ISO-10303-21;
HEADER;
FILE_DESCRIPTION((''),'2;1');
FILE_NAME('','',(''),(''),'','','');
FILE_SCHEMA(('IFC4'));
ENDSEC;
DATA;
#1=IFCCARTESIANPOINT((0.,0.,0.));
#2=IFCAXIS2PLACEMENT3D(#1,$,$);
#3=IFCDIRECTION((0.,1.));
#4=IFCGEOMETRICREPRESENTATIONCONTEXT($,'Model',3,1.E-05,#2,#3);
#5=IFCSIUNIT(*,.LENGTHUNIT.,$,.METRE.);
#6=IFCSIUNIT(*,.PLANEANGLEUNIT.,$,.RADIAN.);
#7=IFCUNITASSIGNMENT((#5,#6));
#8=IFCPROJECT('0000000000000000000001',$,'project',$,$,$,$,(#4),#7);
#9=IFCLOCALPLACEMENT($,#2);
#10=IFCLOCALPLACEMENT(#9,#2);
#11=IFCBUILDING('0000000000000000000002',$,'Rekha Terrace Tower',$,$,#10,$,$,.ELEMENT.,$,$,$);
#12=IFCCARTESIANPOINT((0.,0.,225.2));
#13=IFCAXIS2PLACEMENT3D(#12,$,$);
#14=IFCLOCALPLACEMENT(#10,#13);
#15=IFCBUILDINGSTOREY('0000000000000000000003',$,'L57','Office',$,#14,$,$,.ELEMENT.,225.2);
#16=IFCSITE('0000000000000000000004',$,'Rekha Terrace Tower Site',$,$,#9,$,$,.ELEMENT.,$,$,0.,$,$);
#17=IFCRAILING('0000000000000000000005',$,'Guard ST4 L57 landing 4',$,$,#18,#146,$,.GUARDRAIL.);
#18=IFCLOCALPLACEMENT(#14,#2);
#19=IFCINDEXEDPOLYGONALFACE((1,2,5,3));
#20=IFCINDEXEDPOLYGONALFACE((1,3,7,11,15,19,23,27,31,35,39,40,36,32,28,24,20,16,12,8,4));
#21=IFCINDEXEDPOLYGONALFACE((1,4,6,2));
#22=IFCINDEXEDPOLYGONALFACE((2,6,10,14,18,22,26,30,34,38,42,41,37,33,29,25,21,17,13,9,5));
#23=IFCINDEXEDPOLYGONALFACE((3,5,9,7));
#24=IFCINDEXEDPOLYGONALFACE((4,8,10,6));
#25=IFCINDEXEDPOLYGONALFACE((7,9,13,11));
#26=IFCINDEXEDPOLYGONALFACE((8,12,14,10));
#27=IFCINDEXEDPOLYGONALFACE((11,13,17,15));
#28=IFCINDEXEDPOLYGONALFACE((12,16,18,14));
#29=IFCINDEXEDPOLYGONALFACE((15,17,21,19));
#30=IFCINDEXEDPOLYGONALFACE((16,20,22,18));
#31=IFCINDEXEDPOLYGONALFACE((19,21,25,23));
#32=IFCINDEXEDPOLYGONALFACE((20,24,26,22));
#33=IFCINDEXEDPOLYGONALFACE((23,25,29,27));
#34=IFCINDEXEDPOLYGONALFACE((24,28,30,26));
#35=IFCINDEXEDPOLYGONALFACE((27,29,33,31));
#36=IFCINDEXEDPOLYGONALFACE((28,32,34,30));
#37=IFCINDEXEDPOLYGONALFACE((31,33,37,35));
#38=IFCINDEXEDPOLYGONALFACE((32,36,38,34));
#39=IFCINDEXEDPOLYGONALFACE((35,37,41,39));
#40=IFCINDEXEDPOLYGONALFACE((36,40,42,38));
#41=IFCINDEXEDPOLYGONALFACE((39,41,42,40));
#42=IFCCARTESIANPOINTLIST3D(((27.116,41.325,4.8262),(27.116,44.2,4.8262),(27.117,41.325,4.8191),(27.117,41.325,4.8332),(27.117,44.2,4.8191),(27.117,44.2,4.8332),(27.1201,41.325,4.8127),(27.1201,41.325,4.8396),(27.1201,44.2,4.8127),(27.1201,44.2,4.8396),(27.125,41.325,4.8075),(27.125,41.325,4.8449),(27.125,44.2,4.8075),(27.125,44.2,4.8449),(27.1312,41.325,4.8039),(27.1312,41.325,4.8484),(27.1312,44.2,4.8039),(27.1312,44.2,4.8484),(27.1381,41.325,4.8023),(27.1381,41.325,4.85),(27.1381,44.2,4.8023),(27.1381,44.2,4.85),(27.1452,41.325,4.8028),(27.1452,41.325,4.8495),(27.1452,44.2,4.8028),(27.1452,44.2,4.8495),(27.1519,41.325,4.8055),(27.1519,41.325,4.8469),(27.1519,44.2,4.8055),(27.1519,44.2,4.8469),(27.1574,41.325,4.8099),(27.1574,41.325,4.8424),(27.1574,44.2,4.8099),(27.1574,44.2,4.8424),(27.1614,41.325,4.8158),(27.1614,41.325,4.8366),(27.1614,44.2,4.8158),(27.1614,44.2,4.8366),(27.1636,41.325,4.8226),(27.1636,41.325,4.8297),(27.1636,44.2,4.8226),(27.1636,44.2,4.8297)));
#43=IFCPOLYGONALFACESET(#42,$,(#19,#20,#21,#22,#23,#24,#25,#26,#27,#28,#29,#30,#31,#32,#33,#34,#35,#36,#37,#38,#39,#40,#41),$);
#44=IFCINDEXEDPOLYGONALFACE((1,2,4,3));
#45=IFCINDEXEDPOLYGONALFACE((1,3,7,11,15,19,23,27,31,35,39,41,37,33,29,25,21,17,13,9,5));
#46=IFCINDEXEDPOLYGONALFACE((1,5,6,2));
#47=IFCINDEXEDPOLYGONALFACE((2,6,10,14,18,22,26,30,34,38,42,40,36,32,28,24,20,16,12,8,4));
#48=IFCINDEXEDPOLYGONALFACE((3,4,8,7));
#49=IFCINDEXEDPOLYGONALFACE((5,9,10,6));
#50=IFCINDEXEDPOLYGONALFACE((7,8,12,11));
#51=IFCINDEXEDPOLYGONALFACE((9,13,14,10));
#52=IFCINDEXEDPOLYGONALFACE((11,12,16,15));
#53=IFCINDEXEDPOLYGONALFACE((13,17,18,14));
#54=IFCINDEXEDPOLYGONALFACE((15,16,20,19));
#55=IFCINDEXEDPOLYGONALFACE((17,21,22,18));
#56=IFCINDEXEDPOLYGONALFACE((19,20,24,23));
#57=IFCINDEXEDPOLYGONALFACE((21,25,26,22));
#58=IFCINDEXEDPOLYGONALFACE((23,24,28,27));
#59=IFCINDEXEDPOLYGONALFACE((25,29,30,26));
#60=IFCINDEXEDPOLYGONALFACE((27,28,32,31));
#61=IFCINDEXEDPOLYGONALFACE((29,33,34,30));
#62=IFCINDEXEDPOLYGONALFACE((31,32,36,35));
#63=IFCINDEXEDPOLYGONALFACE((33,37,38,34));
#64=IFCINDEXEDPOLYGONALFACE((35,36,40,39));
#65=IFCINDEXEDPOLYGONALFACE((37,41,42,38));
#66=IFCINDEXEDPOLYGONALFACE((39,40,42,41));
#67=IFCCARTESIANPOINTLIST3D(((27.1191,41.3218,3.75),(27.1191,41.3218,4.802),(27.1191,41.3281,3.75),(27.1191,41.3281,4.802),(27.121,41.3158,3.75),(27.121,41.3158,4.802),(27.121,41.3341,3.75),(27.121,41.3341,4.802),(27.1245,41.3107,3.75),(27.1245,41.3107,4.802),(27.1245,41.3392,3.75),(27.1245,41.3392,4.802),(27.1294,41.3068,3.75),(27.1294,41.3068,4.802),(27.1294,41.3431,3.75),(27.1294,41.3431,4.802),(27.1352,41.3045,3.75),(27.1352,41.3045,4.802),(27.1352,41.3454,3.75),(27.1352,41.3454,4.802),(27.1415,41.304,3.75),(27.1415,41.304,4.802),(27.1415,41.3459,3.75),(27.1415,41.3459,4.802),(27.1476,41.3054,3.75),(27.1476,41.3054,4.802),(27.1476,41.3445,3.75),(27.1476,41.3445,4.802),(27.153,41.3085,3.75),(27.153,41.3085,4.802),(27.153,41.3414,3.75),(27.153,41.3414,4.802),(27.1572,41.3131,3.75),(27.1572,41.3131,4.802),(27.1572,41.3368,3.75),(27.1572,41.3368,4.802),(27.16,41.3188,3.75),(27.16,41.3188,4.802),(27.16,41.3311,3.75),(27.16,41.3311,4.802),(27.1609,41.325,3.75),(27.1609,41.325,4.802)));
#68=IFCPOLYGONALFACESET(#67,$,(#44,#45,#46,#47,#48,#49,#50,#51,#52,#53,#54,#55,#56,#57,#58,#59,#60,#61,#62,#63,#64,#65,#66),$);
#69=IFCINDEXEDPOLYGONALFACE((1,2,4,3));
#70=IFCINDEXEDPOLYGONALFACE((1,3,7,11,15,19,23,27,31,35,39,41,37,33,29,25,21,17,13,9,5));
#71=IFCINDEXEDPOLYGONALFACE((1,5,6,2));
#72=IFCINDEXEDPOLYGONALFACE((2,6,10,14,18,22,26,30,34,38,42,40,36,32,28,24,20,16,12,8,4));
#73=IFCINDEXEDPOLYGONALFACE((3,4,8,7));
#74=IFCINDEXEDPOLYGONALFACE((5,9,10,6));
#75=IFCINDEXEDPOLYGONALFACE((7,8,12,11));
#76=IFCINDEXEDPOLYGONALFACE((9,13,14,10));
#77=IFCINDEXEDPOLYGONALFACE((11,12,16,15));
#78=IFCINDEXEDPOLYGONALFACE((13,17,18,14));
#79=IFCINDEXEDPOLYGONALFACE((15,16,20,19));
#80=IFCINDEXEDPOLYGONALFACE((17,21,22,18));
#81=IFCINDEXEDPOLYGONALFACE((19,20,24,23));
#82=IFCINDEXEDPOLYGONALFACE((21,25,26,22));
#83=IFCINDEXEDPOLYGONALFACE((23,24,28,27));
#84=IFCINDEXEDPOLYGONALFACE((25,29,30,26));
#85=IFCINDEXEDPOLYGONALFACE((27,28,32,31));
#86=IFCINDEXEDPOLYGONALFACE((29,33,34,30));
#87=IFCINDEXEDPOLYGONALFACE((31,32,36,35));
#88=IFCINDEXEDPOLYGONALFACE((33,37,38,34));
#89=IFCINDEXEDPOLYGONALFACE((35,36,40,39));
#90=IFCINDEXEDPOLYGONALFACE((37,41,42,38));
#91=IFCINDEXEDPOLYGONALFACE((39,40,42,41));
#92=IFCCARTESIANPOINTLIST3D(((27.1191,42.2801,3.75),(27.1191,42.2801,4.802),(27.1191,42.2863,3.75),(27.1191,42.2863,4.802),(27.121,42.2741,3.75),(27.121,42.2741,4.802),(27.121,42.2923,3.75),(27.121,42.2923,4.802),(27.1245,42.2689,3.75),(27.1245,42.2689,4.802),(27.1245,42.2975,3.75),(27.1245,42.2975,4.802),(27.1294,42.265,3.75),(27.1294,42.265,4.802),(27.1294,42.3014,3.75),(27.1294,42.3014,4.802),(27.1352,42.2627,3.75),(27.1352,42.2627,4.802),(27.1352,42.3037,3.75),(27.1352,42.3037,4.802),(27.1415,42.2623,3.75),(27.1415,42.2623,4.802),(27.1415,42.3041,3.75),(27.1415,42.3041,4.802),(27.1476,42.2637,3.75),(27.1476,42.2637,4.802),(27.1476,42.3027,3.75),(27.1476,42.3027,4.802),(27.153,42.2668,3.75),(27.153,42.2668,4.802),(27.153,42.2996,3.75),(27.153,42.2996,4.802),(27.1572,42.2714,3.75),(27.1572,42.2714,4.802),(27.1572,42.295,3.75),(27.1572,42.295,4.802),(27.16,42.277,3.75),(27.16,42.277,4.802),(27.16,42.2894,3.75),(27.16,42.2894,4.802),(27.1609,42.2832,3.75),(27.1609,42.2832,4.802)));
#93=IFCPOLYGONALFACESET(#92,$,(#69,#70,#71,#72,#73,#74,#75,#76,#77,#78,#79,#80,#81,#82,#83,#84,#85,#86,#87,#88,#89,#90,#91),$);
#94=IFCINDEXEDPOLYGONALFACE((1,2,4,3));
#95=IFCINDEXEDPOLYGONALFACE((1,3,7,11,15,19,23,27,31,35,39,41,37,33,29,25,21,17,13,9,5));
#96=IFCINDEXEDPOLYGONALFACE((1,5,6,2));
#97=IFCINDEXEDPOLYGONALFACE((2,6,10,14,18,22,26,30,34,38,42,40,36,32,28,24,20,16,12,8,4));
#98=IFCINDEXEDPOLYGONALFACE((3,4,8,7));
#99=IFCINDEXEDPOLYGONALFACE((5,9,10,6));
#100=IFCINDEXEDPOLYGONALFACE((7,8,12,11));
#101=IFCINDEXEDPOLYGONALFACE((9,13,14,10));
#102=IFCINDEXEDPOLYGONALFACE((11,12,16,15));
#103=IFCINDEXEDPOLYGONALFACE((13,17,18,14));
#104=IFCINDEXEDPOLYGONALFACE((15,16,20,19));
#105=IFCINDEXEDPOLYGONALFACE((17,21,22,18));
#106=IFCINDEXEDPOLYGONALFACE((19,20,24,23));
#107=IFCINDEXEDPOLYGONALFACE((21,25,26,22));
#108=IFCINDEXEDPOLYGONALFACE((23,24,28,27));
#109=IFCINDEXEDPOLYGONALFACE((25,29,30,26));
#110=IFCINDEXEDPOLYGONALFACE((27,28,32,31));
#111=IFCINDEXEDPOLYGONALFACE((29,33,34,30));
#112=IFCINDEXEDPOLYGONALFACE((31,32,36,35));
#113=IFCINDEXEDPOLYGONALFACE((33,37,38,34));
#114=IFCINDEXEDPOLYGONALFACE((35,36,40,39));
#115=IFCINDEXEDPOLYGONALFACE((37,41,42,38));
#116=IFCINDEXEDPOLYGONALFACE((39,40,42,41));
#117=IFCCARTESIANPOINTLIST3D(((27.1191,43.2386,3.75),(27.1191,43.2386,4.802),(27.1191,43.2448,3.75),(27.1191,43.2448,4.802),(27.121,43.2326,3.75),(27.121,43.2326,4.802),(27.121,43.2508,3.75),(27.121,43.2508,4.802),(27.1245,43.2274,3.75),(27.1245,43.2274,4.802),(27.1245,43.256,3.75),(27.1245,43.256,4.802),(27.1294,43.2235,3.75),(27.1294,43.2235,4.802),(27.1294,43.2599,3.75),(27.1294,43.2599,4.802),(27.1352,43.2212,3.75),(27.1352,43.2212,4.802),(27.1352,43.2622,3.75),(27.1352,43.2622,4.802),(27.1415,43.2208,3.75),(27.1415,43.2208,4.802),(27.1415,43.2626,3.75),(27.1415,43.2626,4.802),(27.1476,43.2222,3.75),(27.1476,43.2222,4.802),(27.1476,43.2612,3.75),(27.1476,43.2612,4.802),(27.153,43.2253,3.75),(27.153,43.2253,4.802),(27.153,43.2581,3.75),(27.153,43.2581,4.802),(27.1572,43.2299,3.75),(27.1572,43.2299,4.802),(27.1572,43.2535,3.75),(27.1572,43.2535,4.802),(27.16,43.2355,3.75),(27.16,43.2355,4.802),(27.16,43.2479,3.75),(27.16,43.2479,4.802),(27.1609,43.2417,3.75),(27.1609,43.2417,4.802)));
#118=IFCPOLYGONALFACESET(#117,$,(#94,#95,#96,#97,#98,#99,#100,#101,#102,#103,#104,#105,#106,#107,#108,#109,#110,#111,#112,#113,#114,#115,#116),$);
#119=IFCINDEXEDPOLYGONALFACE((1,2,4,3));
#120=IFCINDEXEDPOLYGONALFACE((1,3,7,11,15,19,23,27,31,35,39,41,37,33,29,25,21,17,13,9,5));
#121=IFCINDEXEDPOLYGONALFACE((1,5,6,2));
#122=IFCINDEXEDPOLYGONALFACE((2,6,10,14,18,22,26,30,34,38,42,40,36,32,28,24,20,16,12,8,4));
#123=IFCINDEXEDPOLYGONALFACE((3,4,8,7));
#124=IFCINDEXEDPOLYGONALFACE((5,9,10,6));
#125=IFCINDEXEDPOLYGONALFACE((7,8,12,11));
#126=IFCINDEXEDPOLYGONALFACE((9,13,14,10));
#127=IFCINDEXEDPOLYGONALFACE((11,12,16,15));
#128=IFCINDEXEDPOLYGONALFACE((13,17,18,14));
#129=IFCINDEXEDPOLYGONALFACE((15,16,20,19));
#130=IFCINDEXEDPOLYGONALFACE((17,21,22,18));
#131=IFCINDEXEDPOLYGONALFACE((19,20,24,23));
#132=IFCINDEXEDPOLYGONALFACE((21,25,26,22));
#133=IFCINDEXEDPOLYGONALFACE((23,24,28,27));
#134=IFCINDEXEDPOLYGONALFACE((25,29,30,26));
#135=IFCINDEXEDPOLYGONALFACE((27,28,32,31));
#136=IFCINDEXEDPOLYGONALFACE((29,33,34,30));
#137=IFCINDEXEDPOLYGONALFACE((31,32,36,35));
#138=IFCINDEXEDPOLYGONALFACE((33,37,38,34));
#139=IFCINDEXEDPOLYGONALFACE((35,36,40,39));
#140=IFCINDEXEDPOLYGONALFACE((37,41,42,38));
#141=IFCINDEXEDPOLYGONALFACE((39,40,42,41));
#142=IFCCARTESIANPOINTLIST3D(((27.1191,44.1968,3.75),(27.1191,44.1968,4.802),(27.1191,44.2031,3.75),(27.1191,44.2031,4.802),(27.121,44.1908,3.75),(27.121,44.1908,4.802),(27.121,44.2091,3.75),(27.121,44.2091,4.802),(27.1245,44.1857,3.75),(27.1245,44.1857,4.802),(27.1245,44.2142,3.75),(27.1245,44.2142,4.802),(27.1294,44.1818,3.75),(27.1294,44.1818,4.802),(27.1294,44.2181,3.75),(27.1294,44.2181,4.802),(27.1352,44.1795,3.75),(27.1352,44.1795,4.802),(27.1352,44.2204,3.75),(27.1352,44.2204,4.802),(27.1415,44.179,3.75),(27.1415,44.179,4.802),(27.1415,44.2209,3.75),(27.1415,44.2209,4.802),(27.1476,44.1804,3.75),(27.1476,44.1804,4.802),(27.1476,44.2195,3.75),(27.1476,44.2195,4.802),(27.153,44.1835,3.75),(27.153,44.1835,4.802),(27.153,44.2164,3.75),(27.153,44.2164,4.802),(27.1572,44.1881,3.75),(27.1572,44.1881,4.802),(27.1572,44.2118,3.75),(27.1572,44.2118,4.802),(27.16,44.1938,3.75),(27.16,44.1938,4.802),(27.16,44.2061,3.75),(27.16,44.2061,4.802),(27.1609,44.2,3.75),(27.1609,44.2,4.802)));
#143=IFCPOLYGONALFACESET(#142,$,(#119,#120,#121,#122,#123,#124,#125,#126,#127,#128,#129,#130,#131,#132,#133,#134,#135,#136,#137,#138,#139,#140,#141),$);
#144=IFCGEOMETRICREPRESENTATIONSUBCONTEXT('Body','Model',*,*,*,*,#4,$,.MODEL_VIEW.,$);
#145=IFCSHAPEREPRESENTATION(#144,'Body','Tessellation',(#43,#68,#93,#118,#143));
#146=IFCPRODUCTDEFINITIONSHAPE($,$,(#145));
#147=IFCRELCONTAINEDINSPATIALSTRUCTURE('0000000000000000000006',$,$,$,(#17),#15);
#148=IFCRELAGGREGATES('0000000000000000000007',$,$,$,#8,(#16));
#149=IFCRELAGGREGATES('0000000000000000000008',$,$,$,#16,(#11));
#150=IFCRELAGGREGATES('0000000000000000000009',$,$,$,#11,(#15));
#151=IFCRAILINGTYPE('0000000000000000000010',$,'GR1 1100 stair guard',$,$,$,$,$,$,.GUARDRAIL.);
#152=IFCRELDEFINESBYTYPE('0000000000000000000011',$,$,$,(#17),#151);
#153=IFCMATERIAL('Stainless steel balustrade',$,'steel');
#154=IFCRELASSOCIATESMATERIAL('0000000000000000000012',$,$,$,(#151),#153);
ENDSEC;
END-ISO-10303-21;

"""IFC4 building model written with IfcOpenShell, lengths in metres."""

from ifc_helpers import new_model, si_unit, direction, frame, origin, origin_2d, place, context, subcontext, project, spatial, circle, extrude, material, type_object, element, save


model = new_model("IFC4")

# Units and contexts
model_context = context("Model", 3, precision=1e-05, world=origin(), true_north=direction((0.0, 1.0)))
body_context = subcontext(model_context, "Body", "Model", "MODEL_VIEW")
ifc_project = project(units=[si_unit("LENGTHUNIT", "METRE"), si_unit("PLANEANGLEUNIT", "RADIAN")], contexts=[model_context])

# Site, building, storey
site_placement = place(None, origin())
site = spatial("IfcSite", under=ifc_project, at=site_placement, Name="Rekha Terrace Tower Site", CompositionType="ELEMENT", RefElevation=0.0)
building_placement = place(site_placement, origin())
building = spatial("IfcBuilding", under=site, at=building_placement, Name="Rekha Terrace Tower", CompositionType="ELEMENT")
storey_placement = place(building_placement, frame((0.0, 0.0, 225.2)))
storey = spatial("IfcBuildingStorey", under=building, at=storey_placement, Name="L57", Description="Office", CompositionType="ELEMENT", Elevation=225.2)

# Railing
ifc_material_1 = material(Name="Stainless steel balustrade", Category="steel")
railing_type_1 = type_object("IfcRailingType", Name="GR1 1100 stair guard", PredefinedType="GUARDRAIL", material=ifc_material_1)
railing_1_placement = place(storey_placement, frame((27.1399, 41.325, 3.75)))
element("IfcRailing", 1, at=railing_1_placement, inside=storey, type_object=railing_type_1, Name="Guard ST4 L57 landing 4", PredefinedType="GUARDRAIL", context=body_context, shape_type="SweptSolid", body=[
    extrude(circle(Radius=0.0239, at=origin_2d()), frame((0.0, 0.0, 1.0762), z_axis=(0.0, 1.0, 0.0), x_axis=(-1.0, 0.0, 0.0)), (0.0, 0.0, 1.0), 2.875),
    extrude(circle(Radius=0.021, at=origin_2d()), origin(), (0.0, 0.0, 1.0), 1.052),
    extrude(circle(Radius=0.021, at=origin_2d()), frame((0.0, 0.9583, 0.0)), (0.0, 0.0, 1.0), 1.052),
    extrude(circle(Radius=0.021, at=origin_2d()), frame((0.0, 1.9167, 0.0)), (0.0, 0.0, 1.0), 1.052),
    extrude(circle(Radius=0.021, at=origin_2d()), frame((0.0, 2.875, 0.0)), (0.0, 0.0, 1.0), 1.052),
])

save(model, "model.ifc")
